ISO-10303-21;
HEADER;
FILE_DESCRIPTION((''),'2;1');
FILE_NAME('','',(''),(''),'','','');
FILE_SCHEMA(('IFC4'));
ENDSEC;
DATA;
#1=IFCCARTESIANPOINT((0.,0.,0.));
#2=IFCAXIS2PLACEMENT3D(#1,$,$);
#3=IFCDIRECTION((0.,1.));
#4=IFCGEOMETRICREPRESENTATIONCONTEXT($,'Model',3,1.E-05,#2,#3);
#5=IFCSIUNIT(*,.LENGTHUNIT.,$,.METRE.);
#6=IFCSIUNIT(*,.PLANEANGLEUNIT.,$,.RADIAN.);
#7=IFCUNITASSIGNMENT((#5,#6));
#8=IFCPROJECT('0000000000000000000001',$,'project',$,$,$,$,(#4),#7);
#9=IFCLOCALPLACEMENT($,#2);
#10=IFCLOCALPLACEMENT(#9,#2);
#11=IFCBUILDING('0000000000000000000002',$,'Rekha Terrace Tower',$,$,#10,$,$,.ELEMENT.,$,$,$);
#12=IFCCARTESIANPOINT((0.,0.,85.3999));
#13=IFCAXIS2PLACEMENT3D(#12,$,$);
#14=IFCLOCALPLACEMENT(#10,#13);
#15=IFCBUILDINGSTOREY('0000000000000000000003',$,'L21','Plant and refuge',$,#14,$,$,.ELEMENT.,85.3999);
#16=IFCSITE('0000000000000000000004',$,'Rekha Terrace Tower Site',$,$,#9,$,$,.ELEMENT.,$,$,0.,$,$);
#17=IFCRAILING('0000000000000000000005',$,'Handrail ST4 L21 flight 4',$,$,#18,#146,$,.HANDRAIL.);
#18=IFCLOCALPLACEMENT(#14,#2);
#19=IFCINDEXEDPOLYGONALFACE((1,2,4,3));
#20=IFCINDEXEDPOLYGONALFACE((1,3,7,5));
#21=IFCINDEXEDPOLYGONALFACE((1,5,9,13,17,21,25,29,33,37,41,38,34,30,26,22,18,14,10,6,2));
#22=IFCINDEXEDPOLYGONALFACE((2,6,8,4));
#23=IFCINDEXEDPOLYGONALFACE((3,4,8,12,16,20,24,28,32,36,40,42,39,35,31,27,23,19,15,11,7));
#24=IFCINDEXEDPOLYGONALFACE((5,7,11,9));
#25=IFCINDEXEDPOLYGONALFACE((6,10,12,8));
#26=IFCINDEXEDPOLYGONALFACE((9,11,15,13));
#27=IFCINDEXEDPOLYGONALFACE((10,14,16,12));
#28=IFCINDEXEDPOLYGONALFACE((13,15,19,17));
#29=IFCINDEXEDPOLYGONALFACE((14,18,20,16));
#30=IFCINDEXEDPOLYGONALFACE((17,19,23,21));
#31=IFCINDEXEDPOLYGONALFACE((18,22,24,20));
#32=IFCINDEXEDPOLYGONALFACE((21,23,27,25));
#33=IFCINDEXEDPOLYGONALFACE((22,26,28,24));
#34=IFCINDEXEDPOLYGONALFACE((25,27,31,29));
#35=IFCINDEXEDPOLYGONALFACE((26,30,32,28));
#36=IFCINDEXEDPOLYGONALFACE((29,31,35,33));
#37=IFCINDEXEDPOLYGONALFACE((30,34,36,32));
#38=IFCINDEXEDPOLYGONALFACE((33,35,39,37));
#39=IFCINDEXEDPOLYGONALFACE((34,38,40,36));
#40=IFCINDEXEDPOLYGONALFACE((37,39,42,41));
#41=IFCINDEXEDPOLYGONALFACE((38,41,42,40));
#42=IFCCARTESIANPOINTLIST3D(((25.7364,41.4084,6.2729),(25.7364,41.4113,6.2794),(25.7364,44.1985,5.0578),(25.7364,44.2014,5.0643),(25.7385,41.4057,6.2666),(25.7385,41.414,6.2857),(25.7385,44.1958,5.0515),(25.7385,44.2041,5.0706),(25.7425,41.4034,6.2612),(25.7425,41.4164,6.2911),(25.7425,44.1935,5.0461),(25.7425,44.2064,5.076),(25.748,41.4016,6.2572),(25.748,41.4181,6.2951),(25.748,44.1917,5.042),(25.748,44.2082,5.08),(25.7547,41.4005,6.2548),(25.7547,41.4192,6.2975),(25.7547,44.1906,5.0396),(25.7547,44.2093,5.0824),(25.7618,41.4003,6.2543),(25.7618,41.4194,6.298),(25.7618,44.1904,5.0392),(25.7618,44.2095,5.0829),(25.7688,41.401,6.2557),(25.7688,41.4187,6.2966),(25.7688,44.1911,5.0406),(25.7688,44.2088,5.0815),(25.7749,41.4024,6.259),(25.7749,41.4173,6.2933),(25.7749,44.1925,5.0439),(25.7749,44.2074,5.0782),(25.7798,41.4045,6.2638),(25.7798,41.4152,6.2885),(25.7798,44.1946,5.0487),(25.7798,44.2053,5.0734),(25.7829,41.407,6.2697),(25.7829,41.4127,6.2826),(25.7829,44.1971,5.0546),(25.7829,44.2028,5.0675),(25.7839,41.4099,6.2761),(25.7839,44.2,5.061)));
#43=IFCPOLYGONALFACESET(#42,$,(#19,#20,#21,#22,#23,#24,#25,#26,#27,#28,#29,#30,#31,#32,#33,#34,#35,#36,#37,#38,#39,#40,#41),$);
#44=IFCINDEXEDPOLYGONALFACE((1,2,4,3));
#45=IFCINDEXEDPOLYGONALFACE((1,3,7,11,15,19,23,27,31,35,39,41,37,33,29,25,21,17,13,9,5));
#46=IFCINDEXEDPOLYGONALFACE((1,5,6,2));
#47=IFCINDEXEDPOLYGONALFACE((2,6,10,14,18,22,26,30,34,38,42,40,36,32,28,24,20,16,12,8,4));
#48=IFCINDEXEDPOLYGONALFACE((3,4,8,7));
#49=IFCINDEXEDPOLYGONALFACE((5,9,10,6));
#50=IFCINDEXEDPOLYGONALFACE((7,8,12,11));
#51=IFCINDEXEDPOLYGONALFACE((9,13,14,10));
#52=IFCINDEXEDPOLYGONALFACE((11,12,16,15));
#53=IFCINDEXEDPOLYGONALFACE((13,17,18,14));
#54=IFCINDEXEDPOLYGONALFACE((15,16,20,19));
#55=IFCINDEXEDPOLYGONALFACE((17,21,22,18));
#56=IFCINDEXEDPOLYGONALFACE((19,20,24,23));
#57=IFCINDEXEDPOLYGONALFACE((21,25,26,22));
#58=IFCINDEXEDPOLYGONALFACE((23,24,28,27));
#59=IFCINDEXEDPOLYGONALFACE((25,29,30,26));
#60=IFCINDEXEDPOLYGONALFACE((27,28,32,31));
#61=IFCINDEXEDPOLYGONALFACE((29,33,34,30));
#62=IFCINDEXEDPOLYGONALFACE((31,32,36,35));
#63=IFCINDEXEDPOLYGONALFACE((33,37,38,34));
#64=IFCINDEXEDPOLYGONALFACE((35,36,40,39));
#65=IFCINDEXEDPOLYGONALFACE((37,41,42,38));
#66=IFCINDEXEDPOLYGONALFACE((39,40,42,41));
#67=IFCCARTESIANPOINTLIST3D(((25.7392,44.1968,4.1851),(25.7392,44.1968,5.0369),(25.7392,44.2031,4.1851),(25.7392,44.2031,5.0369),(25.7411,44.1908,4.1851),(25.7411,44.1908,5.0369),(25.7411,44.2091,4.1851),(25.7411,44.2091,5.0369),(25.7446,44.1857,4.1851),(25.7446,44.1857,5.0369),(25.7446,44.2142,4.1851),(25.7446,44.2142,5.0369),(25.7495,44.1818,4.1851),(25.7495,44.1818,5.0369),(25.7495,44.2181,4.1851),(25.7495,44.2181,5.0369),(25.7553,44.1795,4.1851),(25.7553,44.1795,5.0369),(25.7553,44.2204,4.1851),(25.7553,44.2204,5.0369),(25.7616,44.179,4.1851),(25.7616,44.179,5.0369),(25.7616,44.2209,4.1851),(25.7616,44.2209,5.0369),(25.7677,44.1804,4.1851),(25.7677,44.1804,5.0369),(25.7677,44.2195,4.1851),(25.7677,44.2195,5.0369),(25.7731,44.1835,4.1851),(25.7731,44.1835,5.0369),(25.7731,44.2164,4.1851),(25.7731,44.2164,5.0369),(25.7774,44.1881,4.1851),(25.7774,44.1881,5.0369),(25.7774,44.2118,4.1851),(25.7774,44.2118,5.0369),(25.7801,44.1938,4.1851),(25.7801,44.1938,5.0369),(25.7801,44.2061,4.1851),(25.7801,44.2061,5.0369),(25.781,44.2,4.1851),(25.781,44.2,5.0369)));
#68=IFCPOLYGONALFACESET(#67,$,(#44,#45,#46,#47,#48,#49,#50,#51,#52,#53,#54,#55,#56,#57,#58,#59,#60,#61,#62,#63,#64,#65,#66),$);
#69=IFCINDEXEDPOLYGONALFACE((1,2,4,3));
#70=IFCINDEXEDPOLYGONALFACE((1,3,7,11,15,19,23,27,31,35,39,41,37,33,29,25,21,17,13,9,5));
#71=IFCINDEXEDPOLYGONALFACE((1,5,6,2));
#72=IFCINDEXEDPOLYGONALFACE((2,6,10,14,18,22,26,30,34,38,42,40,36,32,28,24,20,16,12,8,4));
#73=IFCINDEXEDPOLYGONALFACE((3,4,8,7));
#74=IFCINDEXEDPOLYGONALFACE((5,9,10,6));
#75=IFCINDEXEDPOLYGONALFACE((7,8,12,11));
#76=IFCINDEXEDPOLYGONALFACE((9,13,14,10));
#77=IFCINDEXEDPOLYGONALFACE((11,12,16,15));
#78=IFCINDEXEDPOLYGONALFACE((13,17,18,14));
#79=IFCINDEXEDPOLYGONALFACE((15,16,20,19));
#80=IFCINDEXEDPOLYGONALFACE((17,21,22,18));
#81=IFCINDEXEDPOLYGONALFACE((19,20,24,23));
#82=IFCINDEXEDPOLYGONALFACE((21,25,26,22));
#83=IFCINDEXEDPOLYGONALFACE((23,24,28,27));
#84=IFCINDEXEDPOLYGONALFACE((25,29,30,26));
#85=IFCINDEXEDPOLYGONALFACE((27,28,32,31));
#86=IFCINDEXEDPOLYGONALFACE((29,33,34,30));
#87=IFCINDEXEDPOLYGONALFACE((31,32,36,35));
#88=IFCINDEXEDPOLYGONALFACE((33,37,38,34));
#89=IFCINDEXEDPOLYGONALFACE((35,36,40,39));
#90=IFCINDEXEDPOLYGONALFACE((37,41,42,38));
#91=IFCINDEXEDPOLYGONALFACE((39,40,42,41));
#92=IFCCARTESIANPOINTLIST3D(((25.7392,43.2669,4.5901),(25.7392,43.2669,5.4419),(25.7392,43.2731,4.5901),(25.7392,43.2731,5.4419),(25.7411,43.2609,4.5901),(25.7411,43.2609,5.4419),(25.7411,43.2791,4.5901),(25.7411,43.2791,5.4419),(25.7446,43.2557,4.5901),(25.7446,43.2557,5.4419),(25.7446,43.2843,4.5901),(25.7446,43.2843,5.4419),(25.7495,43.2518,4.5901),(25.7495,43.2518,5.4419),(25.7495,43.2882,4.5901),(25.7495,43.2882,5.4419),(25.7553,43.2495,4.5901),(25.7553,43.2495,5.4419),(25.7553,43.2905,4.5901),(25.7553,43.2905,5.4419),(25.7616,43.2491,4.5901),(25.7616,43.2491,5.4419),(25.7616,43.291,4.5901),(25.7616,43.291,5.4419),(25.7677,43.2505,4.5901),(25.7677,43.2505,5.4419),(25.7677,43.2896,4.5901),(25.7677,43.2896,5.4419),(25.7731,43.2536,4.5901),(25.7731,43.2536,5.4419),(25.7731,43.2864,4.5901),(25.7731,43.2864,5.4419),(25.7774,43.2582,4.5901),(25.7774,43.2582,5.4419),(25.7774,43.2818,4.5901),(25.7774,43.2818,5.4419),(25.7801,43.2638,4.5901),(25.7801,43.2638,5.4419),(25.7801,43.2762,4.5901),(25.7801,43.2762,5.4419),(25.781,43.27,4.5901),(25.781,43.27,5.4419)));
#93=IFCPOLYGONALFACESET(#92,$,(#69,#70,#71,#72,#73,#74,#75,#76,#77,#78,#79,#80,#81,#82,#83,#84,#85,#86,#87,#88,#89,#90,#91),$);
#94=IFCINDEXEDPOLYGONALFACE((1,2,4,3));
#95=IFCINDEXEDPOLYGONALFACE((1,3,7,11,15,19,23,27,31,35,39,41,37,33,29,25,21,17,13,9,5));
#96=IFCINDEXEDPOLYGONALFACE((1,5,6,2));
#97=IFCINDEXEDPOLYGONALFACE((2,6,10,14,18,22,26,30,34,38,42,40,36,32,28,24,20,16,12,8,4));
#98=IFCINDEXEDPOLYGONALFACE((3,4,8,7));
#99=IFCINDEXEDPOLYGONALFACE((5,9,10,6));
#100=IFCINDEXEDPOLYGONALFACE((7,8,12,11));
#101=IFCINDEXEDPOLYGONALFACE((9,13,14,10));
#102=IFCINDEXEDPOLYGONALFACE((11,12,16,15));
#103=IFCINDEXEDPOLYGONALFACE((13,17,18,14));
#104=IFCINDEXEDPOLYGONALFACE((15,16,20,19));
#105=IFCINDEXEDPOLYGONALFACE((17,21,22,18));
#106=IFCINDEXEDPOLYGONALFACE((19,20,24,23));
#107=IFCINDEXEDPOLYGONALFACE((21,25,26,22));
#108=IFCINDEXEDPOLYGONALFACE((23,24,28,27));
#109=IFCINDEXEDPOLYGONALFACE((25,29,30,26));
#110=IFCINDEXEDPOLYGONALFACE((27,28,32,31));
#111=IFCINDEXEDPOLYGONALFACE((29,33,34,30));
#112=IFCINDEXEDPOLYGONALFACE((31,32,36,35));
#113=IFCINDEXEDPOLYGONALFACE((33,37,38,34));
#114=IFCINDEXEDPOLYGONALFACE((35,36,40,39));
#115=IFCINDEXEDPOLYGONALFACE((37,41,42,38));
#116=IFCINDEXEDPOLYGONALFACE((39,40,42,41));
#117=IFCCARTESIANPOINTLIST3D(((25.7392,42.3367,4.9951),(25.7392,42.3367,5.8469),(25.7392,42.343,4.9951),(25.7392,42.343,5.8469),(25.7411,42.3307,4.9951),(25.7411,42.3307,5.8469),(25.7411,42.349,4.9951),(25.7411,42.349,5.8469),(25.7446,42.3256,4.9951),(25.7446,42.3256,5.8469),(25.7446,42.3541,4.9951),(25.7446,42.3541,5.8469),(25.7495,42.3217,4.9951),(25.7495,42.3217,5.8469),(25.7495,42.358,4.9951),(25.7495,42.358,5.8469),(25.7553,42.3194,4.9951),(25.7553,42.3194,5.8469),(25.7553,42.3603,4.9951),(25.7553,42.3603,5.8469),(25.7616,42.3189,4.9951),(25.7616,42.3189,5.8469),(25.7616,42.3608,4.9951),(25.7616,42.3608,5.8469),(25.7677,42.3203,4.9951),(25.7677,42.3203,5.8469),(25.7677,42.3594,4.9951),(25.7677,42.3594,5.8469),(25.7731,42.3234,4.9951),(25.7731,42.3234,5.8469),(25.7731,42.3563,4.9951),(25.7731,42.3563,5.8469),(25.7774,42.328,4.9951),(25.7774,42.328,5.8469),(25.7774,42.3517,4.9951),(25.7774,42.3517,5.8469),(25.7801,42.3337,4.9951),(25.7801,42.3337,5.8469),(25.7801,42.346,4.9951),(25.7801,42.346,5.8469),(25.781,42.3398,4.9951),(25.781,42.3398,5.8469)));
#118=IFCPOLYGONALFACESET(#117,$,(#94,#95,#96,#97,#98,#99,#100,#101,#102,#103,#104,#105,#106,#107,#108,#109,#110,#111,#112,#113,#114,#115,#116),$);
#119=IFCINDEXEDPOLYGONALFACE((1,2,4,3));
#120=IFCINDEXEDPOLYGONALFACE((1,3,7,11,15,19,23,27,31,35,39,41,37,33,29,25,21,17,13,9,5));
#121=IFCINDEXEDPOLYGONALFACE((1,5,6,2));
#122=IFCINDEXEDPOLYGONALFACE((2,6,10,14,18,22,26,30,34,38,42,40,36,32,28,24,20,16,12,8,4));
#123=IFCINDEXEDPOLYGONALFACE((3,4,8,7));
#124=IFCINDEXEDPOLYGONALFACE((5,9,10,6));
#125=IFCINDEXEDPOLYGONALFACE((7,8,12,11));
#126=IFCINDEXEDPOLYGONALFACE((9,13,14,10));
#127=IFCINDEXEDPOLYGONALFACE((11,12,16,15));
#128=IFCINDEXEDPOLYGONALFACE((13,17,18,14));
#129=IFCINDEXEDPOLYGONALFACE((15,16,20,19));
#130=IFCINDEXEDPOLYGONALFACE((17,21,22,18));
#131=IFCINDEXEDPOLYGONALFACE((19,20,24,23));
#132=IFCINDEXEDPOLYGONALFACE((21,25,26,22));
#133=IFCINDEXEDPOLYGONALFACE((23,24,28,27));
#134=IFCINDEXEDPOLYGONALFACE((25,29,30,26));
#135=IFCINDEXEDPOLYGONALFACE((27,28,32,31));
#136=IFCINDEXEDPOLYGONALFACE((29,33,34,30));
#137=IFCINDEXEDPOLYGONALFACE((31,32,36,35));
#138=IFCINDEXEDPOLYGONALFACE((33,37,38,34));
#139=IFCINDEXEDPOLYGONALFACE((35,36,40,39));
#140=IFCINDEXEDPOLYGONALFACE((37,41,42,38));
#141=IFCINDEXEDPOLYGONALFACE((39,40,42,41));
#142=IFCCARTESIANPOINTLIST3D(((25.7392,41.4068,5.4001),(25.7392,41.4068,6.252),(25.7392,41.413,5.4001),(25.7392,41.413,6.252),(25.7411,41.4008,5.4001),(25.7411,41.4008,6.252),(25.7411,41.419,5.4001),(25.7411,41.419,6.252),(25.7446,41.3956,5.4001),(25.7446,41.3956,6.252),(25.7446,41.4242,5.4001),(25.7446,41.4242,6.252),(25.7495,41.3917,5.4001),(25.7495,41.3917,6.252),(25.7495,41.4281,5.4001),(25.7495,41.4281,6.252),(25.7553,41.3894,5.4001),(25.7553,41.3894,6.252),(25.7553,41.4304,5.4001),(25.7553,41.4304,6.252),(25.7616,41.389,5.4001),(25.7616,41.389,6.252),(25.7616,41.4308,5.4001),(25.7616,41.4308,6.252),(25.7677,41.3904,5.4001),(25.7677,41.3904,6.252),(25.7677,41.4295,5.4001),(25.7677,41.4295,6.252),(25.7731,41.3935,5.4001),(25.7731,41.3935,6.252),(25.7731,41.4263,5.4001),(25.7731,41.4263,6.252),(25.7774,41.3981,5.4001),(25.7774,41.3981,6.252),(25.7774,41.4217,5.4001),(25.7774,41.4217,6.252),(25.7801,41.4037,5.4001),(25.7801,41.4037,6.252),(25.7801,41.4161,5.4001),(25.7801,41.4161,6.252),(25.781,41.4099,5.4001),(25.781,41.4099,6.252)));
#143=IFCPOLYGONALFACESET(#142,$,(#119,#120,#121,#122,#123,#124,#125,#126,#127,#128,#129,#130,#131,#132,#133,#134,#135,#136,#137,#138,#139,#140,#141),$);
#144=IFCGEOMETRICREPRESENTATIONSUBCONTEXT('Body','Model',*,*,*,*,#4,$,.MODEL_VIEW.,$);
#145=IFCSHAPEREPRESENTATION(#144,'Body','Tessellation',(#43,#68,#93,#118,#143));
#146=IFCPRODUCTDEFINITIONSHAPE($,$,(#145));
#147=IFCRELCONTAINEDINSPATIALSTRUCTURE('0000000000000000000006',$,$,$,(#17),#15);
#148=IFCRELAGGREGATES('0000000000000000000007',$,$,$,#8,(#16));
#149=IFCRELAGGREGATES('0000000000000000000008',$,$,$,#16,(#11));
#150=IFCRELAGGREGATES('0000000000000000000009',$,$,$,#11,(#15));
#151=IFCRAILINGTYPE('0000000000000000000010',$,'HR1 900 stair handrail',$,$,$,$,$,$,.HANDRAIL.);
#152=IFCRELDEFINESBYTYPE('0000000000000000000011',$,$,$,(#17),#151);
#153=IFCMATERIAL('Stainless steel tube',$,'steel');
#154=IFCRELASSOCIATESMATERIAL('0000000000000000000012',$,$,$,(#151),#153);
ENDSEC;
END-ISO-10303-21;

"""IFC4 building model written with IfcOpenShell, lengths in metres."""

from ifc_helpers import new_model, si_unit, direction, frame, origin, origin_2d, place, context, subcontext, project, spatial, circle, extrude, material, type_object, element, save


model = new_model("IFC4")

# Units and contexts
model_context = context("Model", 3, precision=1e-05, world=origin(), true_north=direction((0.0, 1.0)))
body_context = subcontext(model_context, "Body", "Model", "MODEL_VIEW")
ifc_project = project(units=[si_unit("LENGTHUNIT", "METRE"), si_unit("PLANEANGLEUNIT", "RADIAN")], contexts=[model_context])

# Site, building, storey
site_placement = place(None, origin())
site = spatial("IfcSite", under=ifc_project, at=site_placement, Name="Rekha Terrace Tower Site", CompositionType="ELEMENT", RefElevation=0.0)
building_placement = place(site_placement, origin())
building = spatial("IfcBuilding", under=site, at=building_placement, Name="Rekha Terrace Tower", CompositionType="ELEMENT")
storey_placement = place(building_placement, frame((0.0, 0.0, 85.3999)))
storey = spatial("IfcBuildingStorey", under=building, at=storey_placement, Name="L21", Description="Plant and refuge", CompositionType="ELEMENT", Elevation=85.3999)

# Railing
ifc_material_1 = material(Name="Stainless steel tube", Category="steel")
railing_type_1 = type_object("IfcRailingType", Name="HR1 900 stair handrail", PredefinedType="HANDRAIL", material=ifc_material_1)
railing_1_placement = place(storey_placement, frame((25.76, 44.2, 4.1851)))
element("IfcRailing", 1, at=railing_1_placement, inside=storey, type_object=railing_type_1, Name="Handrail ST4 L21 flight 4", PredefinedType="HANDRAIL", context=body_context, shape_type="SweptSolid", body=[
    extrude(circle(Radius=0.0239, at=origin_2d()), frame((0.0, 0.0, 0.876), z_axis=(0.0, -0.916826, 0.399286), x_axis=(1.0, 0.0, 0.0)), (0.0, 0.0, 1.0), 3.0432),
    extrude(circle(Radius=0.021, at=origin_2d()), origin(), (0.0, 0.0, 1.0), 0.8518),
    extrude(circle(Radius=0.021, at=origin_2d()), frame((0.0, -0.9299, 0.405)), (0.0, 0.0, 1.0), 0.8518),
    extrude(circle(Radius=0.021, at=origin_2d()), frame((0.0, -1.8601, 0.8101)), (0.0, 0.0, 1.0), 0.8518),
    extrude(circle(Radius=0.021, at=origin_2d()), frame((0.0, -2.79, 1.2151)), (0.0, 0.0, 1.0), 0.8518),
])

save(model, "model.ifc")
